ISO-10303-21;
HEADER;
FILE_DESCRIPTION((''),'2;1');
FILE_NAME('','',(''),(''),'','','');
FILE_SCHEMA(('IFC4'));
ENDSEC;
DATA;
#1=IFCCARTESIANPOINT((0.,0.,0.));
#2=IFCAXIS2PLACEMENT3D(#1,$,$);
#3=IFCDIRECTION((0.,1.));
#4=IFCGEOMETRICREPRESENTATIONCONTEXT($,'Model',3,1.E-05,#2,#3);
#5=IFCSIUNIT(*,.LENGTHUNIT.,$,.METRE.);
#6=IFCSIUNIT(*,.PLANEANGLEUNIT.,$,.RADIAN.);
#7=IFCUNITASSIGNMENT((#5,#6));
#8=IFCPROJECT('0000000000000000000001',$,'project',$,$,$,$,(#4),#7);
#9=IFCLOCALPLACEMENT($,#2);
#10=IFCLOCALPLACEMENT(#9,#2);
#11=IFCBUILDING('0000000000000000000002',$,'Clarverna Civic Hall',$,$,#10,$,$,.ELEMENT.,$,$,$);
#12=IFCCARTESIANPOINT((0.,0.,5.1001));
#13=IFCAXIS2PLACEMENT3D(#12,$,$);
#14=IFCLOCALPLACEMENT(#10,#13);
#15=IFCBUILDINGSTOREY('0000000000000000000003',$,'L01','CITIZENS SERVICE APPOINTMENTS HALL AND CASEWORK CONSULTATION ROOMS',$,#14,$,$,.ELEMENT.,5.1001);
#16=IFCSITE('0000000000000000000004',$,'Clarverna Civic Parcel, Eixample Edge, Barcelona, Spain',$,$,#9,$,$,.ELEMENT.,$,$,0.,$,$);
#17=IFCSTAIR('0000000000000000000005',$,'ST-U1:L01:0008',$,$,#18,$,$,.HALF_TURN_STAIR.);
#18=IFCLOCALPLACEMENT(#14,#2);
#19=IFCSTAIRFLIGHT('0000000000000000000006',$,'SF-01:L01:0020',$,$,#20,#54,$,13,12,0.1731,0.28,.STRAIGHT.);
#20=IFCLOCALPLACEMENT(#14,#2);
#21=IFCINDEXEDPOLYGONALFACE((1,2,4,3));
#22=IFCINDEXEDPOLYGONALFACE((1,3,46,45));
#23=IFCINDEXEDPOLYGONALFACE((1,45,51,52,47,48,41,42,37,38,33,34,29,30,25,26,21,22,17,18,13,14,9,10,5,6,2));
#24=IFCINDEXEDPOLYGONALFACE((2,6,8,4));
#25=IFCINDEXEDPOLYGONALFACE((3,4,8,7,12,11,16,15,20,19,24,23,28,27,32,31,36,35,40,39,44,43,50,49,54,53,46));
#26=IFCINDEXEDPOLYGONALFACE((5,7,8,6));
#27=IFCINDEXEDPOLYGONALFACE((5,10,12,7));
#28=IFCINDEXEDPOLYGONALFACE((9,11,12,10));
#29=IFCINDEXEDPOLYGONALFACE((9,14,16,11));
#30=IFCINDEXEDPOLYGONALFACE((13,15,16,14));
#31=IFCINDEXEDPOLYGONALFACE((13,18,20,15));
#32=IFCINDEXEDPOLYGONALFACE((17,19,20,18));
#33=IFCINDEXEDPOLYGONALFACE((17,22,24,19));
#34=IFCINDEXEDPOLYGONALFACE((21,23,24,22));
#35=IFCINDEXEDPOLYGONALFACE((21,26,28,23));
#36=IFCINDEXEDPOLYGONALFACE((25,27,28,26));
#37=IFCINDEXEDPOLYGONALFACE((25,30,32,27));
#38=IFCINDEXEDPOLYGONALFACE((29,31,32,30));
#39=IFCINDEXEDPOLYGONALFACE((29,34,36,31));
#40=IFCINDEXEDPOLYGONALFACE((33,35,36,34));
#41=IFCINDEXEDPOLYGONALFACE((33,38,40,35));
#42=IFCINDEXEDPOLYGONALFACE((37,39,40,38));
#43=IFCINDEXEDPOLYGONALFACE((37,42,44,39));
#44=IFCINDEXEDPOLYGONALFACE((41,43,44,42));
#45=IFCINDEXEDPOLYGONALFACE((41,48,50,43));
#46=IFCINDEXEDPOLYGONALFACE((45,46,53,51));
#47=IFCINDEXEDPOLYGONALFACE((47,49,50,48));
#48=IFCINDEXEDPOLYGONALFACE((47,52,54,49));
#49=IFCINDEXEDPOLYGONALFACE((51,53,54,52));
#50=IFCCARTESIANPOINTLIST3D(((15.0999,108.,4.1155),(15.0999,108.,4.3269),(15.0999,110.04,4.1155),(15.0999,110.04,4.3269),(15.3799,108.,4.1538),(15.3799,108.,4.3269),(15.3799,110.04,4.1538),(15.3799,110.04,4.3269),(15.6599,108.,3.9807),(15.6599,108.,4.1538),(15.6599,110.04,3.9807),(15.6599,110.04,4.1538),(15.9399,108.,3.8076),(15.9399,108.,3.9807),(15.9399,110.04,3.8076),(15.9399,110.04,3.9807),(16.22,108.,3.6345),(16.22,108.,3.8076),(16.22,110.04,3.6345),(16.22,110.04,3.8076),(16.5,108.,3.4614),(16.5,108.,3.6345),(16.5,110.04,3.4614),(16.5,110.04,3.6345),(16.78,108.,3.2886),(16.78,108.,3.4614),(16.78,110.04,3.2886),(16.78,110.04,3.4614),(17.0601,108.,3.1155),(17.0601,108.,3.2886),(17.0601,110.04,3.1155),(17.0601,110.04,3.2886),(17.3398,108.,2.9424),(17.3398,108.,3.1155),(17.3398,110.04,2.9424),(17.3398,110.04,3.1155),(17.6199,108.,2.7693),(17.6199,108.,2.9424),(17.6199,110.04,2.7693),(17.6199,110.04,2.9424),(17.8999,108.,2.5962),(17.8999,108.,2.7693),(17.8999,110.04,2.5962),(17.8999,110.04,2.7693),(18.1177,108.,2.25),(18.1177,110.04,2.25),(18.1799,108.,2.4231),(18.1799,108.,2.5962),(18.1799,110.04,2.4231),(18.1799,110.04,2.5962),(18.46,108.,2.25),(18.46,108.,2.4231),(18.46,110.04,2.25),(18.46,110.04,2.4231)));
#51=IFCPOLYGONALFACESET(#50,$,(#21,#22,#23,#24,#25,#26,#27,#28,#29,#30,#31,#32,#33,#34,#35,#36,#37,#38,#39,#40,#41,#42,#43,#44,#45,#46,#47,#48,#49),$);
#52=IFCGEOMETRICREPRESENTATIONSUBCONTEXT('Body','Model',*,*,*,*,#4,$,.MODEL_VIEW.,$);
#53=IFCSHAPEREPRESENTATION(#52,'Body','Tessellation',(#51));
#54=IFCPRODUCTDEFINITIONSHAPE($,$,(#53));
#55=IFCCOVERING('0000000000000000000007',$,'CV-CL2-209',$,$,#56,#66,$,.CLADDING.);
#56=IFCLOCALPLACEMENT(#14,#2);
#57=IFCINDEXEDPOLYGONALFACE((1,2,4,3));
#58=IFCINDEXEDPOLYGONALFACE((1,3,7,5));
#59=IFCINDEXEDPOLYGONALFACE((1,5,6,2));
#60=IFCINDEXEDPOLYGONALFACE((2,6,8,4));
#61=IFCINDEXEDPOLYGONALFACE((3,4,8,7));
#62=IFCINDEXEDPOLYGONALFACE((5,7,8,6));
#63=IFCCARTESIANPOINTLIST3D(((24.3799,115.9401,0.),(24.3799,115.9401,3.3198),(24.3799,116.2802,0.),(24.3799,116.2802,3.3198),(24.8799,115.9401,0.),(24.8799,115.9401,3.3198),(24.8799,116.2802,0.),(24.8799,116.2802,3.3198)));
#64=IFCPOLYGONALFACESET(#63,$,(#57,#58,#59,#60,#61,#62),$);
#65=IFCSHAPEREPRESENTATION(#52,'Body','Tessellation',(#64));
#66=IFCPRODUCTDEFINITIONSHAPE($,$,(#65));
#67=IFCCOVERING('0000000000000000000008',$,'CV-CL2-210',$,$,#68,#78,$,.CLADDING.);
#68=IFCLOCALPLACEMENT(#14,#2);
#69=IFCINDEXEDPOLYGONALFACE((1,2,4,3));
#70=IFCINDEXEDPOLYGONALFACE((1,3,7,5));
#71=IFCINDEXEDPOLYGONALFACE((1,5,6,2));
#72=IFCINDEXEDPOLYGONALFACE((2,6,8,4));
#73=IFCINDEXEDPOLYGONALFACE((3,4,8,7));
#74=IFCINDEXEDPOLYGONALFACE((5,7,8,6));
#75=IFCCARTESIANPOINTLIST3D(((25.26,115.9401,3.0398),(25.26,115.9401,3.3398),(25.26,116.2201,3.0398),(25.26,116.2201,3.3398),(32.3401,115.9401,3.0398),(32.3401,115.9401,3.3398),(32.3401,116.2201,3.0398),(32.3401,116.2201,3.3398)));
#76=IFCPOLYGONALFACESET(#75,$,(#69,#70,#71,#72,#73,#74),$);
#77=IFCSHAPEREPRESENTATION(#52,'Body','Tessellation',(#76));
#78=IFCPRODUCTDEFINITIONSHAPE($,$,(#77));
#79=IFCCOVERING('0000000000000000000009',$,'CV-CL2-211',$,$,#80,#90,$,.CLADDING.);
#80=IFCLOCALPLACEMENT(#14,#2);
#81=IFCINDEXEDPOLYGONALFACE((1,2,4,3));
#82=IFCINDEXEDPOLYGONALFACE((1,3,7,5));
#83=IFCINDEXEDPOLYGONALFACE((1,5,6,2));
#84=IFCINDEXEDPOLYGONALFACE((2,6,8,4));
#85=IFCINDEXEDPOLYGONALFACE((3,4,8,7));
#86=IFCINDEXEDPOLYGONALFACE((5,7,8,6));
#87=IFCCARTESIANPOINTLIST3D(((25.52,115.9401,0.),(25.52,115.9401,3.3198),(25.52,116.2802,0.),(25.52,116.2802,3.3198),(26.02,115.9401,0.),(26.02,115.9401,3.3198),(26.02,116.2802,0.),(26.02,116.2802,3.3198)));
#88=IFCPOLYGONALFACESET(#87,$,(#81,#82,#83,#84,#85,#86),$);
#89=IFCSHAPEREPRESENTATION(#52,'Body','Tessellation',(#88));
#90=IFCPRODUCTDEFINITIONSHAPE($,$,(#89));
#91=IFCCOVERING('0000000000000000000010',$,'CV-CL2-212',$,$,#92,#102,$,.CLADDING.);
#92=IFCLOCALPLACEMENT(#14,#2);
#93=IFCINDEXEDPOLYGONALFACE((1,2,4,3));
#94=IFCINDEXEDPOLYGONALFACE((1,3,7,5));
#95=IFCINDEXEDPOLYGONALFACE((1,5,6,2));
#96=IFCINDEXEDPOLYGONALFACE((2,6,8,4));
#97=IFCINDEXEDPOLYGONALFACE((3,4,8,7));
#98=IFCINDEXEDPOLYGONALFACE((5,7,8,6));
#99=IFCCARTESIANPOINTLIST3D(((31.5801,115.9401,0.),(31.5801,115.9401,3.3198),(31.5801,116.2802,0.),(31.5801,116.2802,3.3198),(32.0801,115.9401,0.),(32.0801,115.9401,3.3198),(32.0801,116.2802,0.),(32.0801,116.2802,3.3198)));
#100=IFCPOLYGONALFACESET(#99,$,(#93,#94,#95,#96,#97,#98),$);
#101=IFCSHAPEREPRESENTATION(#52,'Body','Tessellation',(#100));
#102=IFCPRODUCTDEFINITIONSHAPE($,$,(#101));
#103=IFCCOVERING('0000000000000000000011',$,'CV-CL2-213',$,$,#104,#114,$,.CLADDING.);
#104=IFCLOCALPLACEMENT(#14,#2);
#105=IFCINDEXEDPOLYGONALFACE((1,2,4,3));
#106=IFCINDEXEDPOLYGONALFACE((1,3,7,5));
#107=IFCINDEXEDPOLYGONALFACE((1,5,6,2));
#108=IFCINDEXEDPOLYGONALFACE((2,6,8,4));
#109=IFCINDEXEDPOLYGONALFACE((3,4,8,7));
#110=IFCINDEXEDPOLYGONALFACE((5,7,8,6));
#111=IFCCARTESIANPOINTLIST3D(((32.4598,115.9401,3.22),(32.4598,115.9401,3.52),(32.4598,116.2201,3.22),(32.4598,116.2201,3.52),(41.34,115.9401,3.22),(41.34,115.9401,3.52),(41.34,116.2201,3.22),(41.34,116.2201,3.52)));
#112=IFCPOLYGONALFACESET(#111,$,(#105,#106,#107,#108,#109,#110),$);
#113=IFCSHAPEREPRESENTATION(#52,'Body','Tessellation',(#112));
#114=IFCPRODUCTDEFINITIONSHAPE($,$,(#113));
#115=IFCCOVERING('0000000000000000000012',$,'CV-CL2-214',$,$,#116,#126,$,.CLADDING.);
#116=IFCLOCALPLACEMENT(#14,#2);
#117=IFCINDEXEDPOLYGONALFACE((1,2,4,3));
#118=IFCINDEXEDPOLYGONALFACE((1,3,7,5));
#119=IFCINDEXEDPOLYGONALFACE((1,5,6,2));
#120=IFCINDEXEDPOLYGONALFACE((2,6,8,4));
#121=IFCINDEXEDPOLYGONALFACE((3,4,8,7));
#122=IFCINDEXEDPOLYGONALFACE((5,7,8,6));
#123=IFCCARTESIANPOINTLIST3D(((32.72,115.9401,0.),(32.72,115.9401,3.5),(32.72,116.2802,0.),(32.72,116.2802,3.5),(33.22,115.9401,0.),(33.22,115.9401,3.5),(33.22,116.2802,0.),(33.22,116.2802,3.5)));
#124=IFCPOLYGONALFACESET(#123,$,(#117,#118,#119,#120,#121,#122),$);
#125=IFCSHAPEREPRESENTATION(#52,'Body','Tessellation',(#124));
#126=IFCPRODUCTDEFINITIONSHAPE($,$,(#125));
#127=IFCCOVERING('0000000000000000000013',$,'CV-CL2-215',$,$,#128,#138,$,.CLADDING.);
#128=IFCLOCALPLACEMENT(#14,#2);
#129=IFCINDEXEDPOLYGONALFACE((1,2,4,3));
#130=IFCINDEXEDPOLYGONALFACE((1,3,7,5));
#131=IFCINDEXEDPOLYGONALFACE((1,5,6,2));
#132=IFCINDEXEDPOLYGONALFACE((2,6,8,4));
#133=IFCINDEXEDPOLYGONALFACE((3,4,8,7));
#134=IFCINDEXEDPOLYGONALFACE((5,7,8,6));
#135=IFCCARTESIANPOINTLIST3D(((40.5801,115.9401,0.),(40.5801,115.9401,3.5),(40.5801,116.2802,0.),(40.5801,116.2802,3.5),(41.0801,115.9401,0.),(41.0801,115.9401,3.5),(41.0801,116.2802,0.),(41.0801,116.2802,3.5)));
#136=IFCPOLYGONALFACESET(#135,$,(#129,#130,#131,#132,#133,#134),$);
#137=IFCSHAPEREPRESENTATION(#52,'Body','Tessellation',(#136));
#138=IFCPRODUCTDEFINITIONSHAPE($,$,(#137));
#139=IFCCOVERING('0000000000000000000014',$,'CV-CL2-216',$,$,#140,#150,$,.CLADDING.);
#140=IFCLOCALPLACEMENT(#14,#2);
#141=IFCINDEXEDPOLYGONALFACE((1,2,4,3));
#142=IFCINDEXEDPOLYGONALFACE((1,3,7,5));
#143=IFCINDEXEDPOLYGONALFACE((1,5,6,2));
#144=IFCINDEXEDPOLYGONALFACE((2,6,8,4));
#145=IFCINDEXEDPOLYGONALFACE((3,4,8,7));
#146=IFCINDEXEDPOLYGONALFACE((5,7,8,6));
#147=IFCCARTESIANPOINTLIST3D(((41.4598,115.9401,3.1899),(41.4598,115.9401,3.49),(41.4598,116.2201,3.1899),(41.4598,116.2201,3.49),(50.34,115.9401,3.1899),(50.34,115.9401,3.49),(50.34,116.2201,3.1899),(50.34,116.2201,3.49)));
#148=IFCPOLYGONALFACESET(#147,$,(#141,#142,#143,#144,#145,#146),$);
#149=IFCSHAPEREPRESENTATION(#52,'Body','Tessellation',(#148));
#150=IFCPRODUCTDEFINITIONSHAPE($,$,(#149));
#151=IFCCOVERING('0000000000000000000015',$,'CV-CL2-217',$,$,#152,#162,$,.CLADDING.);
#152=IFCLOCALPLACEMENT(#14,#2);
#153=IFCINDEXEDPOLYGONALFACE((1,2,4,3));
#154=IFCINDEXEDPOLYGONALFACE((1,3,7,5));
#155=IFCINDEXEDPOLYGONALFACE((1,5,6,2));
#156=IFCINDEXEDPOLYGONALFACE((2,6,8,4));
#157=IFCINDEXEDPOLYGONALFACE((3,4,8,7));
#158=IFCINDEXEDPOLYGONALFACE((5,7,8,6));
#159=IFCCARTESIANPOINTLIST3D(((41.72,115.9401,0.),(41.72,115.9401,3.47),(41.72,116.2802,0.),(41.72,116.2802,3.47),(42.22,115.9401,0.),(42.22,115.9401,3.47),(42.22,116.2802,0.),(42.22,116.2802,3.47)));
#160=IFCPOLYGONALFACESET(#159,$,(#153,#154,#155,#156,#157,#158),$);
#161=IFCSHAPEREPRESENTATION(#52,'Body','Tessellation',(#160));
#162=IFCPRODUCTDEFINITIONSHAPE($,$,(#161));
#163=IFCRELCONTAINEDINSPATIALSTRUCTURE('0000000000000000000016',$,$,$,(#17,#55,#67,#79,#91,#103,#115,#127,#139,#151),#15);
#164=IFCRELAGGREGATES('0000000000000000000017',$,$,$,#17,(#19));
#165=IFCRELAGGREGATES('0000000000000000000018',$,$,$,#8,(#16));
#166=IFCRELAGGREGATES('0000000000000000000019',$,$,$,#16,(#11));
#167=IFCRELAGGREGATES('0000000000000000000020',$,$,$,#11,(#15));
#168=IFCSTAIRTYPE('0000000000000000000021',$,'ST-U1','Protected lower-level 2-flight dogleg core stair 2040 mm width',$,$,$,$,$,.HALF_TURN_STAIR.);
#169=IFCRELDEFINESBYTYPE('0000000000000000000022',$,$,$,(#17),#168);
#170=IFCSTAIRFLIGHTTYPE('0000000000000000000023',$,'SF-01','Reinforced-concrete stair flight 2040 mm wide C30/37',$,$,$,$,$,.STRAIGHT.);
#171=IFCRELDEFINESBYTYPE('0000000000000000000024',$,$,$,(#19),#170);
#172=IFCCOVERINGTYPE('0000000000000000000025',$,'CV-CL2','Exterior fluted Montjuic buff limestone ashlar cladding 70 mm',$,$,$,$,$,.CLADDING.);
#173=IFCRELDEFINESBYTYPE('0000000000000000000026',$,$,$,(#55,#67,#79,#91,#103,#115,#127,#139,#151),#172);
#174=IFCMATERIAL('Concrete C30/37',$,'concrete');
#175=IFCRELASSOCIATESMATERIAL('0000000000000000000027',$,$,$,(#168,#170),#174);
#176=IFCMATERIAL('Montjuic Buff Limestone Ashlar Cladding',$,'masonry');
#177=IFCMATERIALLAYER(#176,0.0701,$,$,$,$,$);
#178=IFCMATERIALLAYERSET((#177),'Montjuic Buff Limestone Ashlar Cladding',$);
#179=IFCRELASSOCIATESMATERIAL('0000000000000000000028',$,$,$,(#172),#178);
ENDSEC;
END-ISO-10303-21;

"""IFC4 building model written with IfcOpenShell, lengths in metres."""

from ifc_helpers import new_model, si_unit, direction, frame, frame_2d, origin, place, context, subcontext, project, spatial, polyline, rectangle, outline, extrude, material, layer, layer_set, type_object, element, aggregate, save


model = new_model("IFC4")

# Units and contexts
model_context = context("Model", 3, precision=1e-05, world=origin(), true_north=direction((0.0, 1.0)))
body_context = subcontext(model_context, "Body", "Model", "MODEL_VIEW")
ifc_project = project(units=[si_unit("LENGTHUNIT", "METRE"), si_unit("PLANEANGLEUNIT", "RADIAN")], contexts=[model_context])

# Site, building, storey
site_placement = place(None, origin())
site = spatial("IfcSite", under=ifc_project, at=site_placement, Name="Clarverna Civic Parcel, Eixample Edge, Barcelona, Spain", CompositionType="ELEMENT", RefElevation=0.0)
building_placement = place(site_placement, origin())
building = spatial("IfcBuilding", under=site, at=building_placement, Name="Clarverna Civic Hall", CompositionType="ELEMENT")
storey_placement = place(building_placement, frame((0.0, 0.0, 5.1001)))
storey = spatial("IfcBuildingStorey", under=building, at=storey_placement, Name="L01", Description="CITIZENS SERVICE APPOINTMENTS HALL AND CASEWORK CONSULTATION ROOMS", CompositionType="ELEMENT", Elevation=5.1001)

# Stair, stair flight
ifc_material_1 = material(Name="Concrete C30/37", Category="concrete")
stair_type = type_object("IfcStairType", Name="ST-U1", Description="Protected lower-level 2-flight dogleg core stair 2040 mm width", PredefinedType="HALF_TURN_STAIR", material=ifc_material_1)
stair_placement = place(storey_placement, origin())
stair = element("IfcStair", 1, at=stair_placement, inside=storey, type_object=stair_type, Name="ST-U1:L01:0008", PredefinedType="HALF_TURN_STAIR")
stair_flight_type = type_object("IfcStairFlightType", Name="SF-01", Description="Reinforced-concrete stair flight 2040 mm wide C30/37", PredefinedType="STRAIGHT", material=ifc_material_1)
stair_flight_placement = place(storey_placement, frame((18.46, 109.02, 2.25), z_axis=(0.0, 0.0, 1.0), x_axis=(-1.0, 0.0, 0.0)))
stair_flight = element("IfcStairFlight", 2, at=stair_flight_placement, type_object=stair_flight_type, Name="SF-01:L01:0020", NumberOfRisers=13, NumberOfTreads=12, PredefinedType="STRAIGHT", RiserHeight=0.1731, TreadLength=0.28, context=body_context, shape_type="SweptSolid", body=[
    extrude(outline(polyline([(0.0, 0.0), (0.0, 0.1731), (0.28, 0.1731), (0.28, 0.3462), (0.5601, 0.3462), (0.5601, 0.5193), (0.8401, 0.5193), (0.8401, 0.6924), (1.1201, 0.6924), (1.1201, 0.8655), (1.3999, 0.8655), (1.3999, 1.0386), (1.6799, 1.0386), (1.6799, 1.2114), (1.96, 1.2114), (1.96, 1.3845), (2.24, 1.3845), (2.24, 1.5576), (2.52, 1.5576), (2.52, 1.7307), (2.8, 1.7307), (2.8, 1.9038), (3.0801, 1.9038), (3.0801, 2.0769), (3.3601, 2.0769), (3.3601, 2.25), (3.3601, 1.8655), (0.3423, 0.0), (0.0, 0.0)])), frame((0.0, 1.02, 0.0), z_axis=(0.0, -1.0, 0.0), x_axis=(1.0, 0.0, 0.0)), (0.0, 0.0, 1.0), 2.04),
])
aggregate(stair, [stair_flight])

# Coverings
ifc_material_2 = material(Name="Montjuic Buff Limestone Ashlar Cladding", Category="masonry")
ifc_layer_1 = layer(ifc_material_2, 0.0701)
ifc_layer_set_1 = layer_set([ifc_layer_1], Name="Montjuic Buff Limestone Ashlar Cladding")
covering_type = type_object("IfcCoveringType", Name="CV-CL2", Description="Exterior fluted Montjuic buff limestone ashlar cladding 70 mm", PredefinedType="CLADDING", material=ifc_layer_set_1)
covering_1_placement = place(storey_placement, frame((24.3799, 116.1101, 0.0), z_axis=(0.0, 0.0, 1.0), x_axis=(1.0, 0.0, 0.0)))
element("IfcCovering", 3, at=covering_1_placement, inside=storey, type_object=covering_type, Name="CV-CL2-209", PredefinedType="CLADDING", context=body_context, shape_type="SweptSolid", body=[
    extrude(rectangle(XDim=0.5, YDim=0.3401, at=frame_2d((0.25, 0.0))), origin(), (0.0, 0.0, 1.0), 3.3198),
])
covering_2_placement = place(storey_placement, frame((25.26, 116.0801, 3.0398), z_axis=(0.0, 0.0, 1.0), x_axis=(1.0, 0.0, 0.0)))
element("IfcCovering", 4, at=covering_2_placement, inside=storey, type_object=covering_type, Name="CV-CL2-210", PredefinedType="CLADDING", context=body_context, shape_type="SweptSolid", body=[
    extrude(rectangle(XDim=7.0801, YDim=0.28, at=frame_2d((3.54, 0.0))), origin(), (0.0, 0.0, 1.0), 0.3),
])
for number, where, z_axis, x_axis, name in (
    (5, (25.52, 116.1101, 0.0), (0.0, 0.0, 1.0), (1.0, 0.0, 0.0), "CV-CL2-211"),
    (6, (31.5801, 116.1101, 0.0), (0.0, 0.0, 1.0), (1.0, 0.0, 0.0), "CV-CL2-212"),
):
    element("IfcCovering", number, at=place(storey_placement, frame(where, z_axis=z_axis, x_axis=x_axis)), inside=storey, type_object=covering_type, Name=name, PredefinedType="CLADDING", context=body_context, shape_type="SweptSolid", body=[
        extrude(rectangle(XDim=0.5, YDim=0.3401, at=frame_2d((0.25, 0.0))), origin(), (0.0, 0.0, 1.0), 3.3198),
    ])
covering_3_placement = place(storey_placement, frame((32.46, 116.0801, 3.22), z_axis=(0.0, 0.0, 1.0), x_axis=(1.0, 0.0, 0.0)))
element("IfcCovering", 7, at=covering_3_placement, inside=storey, type_object=covering_type, Name="CV-CL2-213", PredefinedType="CLADDING", context=body_context, shape_type="SweptSolid", body=[
    extrude(rectangle(XDim=8.8801, YDim=0.28, at=frame_2d((4.4399, 0.0))), origin(), (0.0, 0.0, 1.0), 0.3),
])
for number, where, z_axis, x_axis, name in (
    (8, (32.72, 116.1101, 0.0), (0.0, 0.0, 1.0), (1.0, 0.0, 0.0), "CV-CL2-214"),
    (9, (40.5801, 116.1101, 0.0), (0.0, 0.0, 1.0), (1.0, 0.0, 0.0), "CV-CL2-215"),
):
    element("IfcCovering", number, at=place(storey_placement, frame(where, z_axis=z_axis, x_axis=x_axis)), inside=storey, type_object=covering_type, Name=name, PredefinedType="CLADDING", context=body_context, shape_type="SweptSolid", body=[
        extrude(rectangle(XDim=0.5, YDim=0.3401, at=frame_2d((0.25, 0.0))), origin(), (0.0, 0.0, 1.0), 3.5),
    ])
covering_4_placement = place(storey_placement, frame((41.46, 116.0801, 3.1899), z_axis=(0.0, 0.0, 1.0), x_axis=(1.0, 0.0, 0.0)))
element("IfcCovering", 10, at=covering_4_placement, inside=storey, type_object=covering_type, Name="CV-CL2-216", PredefinedType="CLADDING", context=body_context, shape_type="SweptSolid", body=[
    extrude(rectangle(XDim=8.8801, YDim=0.28, at=frame_2d((4.4399, 0.0))), origin(), (0.0, 0.0, 1.0), 0.3),
])
covering_5_placement = place(storey_placement, frame((41.72, 116.1101, 0.0), z_axis=(0.0, 0.0, 1.0), x_axis=(1.0, 0.0, 0.0)))
element("IfcCovering", 11, at=covering_5_placement, inside=storey, type_object=covering_type, Name="CV-CL2-217", PredefinedType="CLADDING", context=body_context, shape_type="SweptSolid", body=[
    extrude(rectangle(XDim=0.5, YDim=0.3401, at=frame_2d((0.25, 0.0))), origin(), (0.0, 0.0, 1.0), 3.47),
])

save(model, "model.ifc")
